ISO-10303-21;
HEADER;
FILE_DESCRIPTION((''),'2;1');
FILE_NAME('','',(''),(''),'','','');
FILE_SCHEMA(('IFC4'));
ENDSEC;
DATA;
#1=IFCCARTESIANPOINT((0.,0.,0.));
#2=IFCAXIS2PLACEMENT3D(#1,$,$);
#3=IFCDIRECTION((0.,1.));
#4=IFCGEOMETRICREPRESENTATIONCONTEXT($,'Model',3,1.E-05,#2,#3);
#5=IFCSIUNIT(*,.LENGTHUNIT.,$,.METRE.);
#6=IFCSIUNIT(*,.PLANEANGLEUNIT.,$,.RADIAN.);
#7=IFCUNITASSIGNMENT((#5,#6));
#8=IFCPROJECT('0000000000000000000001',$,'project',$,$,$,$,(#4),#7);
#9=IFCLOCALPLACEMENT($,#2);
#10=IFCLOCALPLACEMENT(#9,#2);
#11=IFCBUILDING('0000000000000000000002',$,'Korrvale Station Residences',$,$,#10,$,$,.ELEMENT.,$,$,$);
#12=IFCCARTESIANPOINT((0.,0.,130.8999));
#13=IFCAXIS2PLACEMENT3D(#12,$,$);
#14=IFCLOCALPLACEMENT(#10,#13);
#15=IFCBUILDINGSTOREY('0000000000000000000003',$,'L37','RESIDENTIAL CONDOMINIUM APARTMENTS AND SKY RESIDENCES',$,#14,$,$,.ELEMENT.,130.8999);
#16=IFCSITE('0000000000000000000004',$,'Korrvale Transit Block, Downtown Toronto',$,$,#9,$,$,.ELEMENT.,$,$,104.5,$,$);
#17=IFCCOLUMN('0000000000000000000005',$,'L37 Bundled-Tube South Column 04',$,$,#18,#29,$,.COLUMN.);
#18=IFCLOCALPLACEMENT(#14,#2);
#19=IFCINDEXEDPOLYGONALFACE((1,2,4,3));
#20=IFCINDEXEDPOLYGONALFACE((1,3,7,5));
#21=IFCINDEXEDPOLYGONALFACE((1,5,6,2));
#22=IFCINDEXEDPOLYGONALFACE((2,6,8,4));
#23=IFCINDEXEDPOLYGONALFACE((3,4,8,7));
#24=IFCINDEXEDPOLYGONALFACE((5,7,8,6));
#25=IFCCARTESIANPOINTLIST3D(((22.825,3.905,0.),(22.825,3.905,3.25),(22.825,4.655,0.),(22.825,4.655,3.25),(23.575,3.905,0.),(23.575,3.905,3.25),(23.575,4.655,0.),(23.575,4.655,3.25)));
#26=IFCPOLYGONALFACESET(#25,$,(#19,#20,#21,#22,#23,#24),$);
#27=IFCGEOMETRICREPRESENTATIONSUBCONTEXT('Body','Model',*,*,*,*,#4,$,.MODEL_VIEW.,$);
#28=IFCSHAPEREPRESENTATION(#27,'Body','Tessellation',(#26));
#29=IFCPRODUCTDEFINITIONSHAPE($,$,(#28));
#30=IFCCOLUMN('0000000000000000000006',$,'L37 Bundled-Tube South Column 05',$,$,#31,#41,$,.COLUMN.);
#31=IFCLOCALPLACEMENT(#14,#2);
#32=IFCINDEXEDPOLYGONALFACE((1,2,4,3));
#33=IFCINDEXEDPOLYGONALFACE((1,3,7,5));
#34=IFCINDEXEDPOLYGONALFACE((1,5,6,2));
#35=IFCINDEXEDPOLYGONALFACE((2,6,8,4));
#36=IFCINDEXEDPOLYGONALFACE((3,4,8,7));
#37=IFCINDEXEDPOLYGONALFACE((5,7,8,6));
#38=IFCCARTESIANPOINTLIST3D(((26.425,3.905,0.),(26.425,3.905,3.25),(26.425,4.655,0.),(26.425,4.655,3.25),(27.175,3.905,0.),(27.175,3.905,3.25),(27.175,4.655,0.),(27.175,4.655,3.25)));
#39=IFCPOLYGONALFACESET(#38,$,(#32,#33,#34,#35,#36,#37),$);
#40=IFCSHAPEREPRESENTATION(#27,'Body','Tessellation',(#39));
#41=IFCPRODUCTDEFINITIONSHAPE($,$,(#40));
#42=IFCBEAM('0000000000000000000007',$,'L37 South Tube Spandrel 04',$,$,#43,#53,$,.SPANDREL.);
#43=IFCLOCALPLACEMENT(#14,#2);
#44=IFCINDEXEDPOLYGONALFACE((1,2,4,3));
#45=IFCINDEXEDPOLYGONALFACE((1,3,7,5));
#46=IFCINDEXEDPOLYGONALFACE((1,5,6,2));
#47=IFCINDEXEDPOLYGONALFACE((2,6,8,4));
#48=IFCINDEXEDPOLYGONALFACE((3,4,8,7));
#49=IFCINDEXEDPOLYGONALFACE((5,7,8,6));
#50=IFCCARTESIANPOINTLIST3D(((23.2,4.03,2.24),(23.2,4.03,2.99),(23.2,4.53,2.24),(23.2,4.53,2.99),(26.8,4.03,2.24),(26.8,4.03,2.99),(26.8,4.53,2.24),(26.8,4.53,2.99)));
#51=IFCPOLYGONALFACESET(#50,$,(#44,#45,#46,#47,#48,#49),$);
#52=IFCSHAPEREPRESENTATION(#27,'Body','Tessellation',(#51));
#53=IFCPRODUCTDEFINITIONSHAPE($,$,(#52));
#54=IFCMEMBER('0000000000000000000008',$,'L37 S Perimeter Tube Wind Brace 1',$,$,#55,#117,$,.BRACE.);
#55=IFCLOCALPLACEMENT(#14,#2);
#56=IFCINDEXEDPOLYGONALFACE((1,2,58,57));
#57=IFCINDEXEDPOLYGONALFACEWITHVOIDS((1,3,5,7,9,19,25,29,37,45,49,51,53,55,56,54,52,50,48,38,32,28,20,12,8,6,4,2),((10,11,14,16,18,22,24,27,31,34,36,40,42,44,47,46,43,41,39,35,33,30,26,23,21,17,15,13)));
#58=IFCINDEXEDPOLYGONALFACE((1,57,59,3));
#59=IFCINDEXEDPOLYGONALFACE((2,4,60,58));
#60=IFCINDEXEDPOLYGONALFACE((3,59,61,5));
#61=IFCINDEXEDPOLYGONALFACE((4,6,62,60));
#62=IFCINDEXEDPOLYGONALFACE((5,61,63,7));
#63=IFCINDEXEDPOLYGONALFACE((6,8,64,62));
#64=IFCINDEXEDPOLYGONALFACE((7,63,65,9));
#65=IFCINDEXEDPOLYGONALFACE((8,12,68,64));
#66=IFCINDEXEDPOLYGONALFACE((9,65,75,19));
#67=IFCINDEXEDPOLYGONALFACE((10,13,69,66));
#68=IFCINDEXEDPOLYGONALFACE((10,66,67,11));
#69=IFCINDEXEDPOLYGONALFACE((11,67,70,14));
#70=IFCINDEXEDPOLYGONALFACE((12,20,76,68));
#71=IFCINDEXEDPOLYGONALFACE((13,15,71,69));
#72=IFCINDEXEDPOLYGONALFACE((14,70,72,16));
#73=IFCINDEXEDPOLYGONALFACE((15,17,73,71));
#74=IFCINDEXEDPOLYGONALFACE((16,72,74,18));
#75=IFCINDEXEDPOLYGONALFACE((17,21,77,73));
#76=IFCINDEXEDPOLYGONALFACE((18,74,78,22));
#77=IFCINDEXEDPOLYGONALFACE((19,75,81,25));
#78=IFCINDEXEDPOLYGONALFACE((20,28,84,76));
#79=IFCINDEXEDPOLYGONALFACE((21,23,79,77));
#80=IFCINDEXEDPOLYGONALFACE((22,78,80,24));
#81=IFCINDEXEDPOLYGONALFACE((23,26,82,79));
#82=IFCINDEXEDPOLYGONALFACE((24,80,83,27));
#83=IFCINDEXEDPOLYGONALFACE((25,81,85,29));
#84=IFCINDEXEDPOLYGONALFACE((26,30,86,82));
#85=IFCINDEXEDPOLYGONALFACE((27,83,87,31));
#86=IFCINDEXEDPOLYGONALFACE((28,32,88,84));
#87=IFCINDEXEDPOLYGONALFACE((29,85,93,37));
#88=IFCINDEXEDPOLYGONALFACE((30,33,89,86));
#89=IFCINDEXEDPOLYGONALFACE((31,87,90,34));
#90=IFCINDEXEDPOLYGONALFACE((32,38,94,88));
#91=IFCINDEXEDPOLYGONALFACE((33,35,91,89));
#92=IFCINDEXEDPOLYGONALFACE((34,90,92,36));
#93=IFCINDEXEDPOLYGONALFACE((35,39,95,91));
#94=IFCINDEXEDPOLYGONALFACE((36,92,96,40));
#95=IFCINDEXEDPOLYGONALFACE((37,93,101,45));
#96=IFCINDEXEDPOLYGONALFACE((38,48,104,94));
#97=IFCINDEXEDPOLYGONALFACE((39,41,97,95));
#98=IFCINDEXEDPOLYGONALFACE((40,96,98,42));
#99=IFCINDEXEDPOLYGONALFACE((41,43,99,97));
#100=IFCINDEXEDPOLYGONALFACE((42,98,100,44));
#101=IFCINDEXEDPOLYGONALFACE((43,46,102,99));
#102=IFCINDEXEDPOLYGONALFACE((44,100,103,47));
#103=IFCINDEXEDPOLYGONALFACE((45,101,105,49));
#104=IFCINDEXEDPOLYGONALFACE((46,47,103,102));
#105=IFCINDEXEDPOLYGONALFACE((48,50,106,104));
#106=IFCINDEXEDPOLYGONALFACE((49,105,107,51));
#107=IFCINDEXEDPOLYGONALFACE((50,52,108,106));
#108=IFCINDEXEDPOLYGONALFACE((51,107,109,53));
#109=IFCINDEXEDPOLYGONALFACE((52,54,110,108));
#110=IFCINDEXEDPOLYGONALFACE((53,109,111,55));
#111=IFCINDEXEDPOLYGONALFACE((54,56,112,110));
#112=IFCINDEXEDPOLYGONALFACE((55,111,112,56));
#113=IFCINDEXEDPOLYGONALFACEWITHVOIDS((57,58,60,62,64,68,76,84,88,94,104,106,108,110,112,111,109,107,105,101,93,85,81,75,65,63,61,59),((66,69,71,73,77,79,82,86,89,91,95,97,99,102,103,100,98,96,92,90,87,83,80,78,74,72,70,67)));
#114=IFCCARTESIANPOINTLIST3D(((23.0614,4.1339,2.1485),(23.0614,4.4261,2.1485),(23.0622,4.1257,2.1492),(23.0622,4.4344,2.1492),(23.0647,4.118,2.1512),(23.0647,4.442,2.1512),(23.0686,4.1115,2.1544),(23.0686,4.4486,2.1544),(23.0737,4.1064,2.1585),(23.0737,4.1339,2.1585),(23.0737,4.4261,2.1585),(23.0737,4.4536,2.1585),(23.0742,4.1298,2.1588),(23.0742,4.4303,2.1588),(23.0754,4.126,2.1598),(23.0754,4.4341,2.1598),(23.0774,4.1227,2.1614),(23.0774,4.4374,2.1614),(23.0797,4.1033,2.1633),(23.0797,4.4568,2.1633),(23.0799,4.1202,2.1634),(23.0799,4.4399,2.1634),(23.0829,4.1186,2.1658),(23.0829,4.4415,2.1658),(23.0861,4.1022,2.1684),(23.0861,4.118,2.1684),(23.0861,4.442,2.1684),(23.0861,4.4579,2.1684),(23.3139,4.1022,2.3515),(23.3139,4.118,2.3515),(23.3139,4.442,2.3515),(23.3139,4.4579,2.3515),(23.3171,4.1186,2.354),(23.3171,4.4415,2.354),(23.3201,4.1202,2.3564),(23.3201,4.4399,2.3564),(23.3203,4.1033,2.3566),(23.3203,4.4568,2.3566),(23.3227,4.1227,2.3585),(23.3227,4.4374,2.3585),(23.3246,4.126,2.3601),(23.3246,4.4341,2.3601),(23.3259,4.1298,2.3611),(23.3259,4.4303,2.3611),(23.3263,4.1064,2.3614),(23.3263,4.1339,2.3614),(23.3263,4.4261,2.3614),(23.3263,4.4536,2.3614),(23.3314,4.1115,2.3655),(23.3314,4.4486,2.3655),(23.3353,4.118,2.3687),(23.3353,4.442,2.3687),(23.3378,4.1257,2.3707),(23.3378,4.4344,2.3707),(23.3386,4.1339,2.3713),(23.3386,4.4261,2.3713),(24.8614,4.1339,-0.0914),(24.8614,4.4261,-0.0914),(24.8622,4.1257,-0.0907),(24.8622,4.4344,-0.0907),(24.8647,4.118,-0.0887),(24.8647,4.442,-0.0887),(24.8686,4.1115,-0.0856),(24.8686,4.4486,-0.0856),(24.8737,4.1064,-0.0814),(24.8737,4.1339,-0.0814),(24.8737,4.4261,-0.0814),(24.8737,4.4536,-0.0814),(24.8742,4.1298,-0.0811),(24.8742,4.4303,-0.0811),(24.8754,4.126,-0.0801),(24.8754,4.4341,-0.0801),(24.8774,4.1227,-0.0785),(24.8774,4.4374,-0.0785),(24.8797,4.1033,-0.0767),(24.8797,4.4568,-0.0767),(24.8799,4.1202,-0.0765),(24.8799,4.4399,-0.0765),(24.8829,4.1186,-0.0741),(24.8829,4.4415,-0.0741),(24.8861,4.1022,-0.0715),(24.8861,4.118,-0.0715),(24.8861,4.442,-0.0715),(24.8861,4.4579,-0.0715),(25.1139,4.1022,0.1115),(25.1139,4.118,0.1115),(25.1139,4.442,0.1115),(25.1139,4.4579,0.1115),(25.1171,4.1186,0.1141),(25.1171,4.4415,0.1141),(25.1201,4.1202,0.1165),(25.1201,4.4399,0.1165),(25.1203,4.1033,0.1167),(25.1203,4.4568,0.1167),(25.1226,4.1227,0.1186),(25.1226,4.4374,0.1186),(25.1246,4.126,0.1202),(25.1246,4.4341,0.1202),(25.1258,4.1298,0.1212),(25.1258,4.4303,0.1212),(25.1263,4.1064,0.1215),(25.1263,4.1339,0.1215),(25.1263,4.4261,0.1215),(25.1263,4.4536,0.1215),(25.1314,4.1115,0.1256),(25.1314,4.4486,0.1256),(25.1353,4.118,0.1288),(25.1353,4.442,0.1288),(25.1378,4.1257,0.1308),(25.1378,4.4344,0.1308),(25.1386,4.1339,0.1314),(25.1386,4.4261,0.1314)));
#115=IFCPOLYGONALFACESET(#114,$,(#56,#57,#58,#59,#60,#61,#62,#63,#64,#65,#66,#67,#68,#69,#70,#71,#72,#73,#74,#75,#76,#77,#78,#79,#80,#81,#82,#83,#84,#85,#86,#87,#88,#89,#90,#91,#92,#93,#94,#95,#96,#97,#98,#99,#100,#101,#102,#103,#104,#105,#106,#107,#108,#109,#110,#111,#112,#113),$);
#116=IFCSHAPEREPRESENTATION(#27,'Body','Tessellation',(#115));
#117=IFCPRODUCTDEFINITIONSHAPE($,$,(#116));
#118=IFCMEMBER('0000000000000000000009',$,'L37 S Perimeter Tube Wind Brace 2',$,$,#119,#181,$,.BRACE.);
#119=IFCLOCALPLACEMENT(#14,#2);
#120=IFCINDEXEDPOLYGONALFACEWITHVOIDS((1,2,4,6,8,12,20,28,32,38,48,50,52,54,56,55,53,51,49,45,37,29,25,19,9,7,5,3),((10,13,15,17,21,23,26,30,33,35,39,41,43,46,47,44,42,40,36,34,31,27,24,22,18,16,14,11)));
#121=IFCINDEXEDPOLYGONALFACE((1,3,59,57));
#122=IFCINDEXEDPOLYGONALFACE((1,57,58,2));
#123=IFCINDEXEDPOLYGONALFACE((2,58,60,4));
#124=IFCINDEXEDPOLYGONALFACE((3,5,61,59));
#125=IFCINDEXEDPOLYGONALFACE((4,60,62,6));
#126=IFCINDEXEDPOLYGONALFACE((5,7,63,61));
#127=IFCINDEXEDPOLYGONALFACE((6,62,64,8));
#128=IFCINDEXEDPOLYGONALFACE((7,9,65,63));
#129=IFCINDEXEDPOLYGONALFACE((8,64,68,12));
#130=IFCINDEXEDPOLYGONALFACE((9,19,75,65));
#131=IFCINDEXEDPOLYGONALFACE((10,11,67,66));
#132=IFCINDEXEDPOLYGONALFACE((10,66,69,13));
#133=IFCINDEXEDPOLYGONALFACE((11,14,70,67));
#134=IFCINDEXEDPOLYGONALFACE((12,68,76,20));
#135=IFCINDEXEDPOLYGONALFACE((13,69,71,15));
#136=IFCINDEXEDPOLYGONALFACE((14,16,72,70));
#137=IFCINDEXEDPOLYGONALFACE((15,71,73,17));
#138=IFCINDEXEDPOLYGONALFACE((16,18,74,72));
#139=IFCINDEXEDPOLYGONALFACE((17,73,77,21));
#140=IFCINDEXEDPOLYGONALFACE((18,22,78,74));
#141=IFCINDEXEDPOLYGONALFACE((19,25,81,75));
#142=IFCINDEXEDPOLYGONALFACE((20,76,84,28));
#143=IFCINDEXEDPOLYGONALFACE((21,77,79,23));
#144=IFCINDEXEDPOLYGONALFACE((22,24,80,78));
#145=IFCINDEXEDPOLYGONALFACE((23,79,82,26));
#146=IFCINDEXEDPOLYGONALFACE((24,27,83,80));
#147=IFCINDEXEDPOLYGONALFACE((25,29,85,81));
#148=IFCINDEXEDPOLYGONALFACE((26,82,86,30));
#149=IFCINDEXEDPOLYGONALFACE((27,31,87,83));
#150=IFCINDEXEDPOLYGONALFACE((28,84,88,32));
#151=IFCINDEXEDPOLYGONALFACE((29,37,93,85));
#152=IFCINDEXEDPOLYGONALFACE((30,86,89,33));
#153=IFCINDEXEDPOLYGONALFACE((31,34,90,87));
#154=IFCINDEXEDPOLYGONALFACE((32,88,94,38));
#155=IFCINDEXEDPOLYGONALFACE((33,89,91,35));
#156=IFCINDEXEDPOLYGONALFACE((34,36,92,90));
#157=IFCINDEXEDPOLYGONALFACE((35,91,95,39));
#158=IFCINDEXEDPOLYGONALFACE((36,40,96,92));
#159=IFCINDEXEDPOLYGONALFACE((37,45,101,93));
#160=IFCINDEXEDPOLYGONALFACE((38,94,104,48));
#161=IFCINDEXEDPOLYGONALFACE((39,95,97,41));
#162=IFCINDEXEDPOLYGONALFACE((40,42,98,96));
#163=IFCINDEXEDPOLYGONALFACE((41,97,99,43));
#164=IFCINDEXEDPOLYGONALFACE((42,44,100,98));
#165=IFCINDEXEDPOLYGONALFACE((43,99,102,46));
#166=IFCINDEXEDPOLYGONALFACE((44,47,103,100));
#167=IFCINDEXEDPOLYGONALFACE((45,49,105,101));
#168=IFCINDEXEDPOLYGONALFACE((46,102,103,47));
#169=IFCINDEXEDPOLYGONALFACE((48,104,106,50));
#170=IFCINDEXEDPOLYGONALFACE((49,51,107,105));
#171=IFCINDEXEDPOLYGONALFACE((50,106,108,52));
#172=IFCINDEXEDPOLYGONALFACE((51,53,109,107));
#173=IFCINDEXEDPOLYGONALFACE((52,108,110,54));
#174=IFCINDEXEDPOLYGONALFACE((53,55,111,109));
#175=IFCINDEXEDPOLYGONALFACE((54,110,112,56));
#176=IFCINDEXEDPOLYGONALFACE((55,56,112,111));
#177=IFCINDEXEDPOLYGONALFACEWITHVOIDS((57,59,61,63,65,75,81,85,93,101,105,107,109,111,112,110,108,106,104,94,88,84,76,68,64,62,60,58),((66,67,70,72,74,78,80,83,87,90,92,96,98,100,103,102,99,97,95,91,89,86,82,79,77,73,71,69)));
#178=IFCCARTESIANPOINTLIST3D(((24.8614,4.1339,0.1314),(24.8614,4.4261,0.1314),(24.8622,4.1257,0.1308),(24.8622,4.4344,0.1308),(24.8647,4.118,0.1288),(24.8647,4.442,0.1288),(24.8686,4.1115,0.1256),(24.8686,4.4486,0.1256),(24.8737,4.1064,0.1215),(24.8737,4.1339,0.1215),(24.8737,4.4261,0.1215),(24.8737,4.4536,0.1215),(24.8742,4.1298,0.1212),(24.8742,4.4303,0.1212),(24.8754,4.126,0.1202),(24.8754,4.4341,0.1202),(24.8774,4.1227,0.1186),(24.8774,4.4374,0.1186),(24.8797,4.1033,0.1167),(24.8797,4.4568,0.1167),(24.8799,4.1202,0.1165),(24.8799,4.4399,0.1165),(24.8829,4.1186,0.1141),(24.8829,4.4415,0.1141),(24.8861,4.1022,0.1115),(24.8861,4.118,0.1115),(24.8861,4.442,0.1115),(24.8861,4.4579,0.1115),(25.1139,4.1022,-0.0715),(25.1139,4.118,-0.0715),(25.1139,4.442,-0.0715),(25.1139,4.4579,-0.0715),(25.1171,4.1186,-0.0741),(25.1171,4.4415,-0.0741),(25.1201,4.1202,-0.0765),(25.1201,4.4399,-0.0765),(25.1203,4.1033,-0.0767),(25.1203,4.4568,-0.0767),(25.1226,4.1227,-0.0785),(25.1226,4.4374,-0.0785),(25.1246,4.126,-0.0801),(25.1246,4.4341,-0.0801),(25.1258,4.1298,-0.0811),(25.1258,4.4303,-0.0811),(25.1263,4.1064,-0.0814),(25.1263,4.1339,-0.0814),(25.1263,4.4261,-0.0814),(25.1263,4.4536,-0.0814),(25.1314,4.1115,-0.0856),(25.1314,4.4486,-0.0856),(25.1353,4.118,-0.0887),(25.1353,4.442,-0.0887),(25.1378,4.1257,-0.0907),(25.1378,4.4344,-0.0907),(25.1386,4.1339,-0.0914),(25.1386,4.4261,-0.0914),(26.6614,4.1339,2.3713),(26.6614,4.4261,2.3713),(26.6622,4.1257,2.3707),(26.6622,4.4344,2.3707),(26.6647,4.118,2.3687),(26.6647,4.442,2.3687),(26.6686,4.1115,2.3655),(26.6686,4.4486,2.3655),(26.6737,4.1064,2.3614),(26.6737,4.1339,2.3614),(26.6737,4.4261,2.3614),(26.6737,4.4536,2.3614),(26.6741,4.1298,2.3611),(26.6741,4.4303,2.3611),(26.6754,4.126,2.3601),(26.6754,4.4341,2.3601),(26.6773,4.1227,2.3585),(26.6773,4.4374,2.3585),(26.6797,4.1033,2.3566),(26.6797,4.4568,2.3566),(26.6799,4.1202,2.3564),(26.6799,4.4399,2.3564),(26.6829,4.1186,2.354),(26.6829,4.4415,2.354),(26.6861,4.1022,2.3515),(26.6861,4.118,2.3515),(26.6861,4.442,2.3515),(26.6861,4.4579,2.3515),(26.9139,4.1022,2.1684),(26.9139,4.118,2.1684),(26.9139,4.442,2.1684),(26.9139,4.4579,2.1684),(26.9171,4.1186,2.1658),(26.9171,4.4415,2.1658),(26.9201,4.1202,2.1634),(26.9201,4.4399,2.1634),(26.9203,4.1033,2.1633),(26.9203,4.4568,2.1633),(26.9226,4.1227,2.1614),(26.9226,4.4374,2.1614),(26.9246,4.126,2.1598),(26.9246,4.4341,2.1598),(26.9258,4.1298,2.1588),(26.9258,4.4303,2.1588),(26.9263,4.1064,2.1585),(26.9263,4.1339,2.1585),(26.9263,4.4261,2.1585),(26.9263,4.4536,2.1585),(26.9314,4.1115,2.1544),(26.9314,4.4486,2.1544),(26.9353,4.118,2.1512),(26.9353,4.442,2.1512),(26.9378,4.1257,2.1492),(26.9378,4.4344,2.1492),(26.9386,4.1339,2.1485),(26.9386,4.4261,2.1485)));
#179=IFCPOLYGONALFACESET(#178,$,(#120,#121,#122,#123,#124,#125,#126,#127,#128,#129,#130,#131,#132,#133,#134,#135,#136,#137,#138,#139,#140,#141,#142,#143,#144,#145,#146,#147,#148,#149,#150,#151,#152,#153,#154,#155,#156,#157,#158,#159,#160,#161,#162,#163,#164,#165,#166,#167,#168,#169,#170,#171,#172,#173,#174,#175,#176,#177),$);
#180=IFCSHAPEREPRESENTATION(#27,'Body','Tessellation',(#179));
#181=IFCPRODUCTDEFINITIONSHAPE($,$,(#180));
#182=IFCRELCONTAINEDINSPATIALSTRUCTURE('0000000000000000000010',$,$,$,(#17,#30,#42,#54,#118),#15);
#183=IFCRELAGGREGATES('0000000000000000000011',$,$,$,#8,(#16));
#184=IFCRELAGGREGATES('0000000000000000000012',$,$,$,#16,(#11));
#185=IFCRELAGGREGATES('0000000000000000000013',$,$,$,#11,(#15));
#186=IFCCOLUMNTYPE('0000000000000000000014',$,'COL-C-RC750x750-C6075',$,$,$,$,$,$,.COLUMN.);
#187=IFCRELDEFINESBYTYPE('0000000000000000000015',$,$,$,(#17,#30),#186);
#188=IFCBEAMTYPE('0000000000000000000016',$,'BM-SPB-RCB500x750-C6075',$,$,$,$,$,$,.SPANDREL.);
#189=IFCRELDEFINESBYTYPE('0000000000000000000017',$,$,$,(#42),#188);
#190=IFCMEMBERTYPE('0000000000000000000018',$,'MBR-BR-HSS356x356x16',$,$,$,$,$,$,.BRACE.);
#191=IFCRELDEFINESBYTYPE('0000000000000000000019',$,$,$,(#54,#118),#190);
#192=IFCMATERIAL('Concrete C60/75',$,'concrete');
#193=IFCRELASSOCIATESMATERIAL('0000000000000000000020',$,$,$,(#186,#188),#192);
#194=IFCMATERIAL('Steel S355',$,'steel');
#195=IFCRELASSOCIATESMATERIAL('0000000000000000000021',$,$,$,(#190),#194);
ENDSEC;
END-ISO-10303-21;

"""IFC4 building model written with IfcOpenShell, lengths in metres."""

from ifc_helpers import new_model, si_unit, direction, frame, origin, origin_2d, place, context, subcontext, project, spatial, rectangle, hollow_rectangle, extrude, material, material_profile, profile_set, type_object, element, save


model = new_model("IFC4")

# Units and contexts
model_context = context("Model", 3, precision=1e-05, world=origin(), true_north=direction((0.0, 1.0)))
body_context = subcontext(model_context, "Body", "Model", "MODEL_VIEW")
ifc_project = project(units=[si_unit("LENGTHUNIT", "METRE"), si_unit("PLANEANGLEUNIT", "RADIAN")], contexts=[model_context])

# Site, building, storey
site_placement = place(None, origin())
site = spatial("IfcSite", under=ifc_project, at=site_placement, Name="Korrvale Transit Block, Downtown Toronto", CompositionType="ELEMENT", RefElevation=104.5)
building_placement = place(site_placement, origin())
building = spatial("IfcBuilding", under=site, at=building_placement, Name="Korrvale Station Residences", CompositionType="ELEMENT")
storey_placement = place(building_placement, frame((0.0, 0.0, 130.8999)))
storey = spatial("IfcBuildingStorey", under=building, at=storey_placement, Name="L37", Description="RESIDENTIAL CONDOMINIUM APARTMENTS AND SKY RESIDENCES", CompositionType="ELEMENT", Elevation=130.8999)

# Columns
ifc_material_1 = material(Name="Concrete C60/75", Category="concrete")
ifc_material_profile_1 = material_profile(ifc_material_1, rectangle(XDim=0.75, YDim=0.75, at=origin_2d()), Name="RC750x750")
ifc_profile_set_1 = profile_set([ifc_material_profile_1], Name="Concrete C60/75")
column_type = type_object("IfcColumnType", Name="COL-C-RC750x750-C6075", PredefinedType="COLUMN", material=ifc_profile_set_1)
for number, where, z_axis, x_axis, name in (
    (1, (23.2, 4.28, 0.0), (0.0, 0.0, 1.0), (1.0, 0.0, 0.0), "L37 Bundled-Tube South Column 04"),
    (2, (26.8, 4.28, 0.0), (0.0, 0.0, 1.0), (1.0, 0.0, 0.0), "L37 Bundled-Tube South Column 05"),
):
    element("IfcColumn", number, at=place(storey_placement, frame(where, z_axis=z_axis, x_axis=x_axis)), inside=storey, type_object=column_type, Name=name, PredefinedType="COLUMN", context=body_context, shape_type="SweptSolid", body=[
        extrude(rectangle(XDim=0.75, YDim=0.75, at=origin_2d()), origin(), (0.0, 0.0, 1.0), 3.25),
    ])

# Beam
ifc_material_profile_2 = material_profile(ifc_material_1, rectangle(XDim=0.5, YDim=0.75, at=origin_2d()), Name="RCB500x750")
ifc_profile_set_2 = profile_set([ifc_material_profile_2], Name="Concrete C60/75")
beam_type = type_object("IfcBeamType", Name="BM-SPB-RCB500x750-C6075", PredefinedType="SPANDREL", material=ifc_profile_set_2)
beam_placement = place(storey_placement, frame((23.2, 4.28, 2.615), z_axis=(1.0, 0.0, 0.0), x_axis=(0.0, 1.0, 0.0)))
element("IfcBeam", 3, at=beam_placement, inside=storey, type_object=beam_type, Name="L37 South Tube Spandrel 04", PredefinedType="SPANDREL", context=body_context, shape_type="SweptSolid", body=[
    extrude(rectangle(XDim=0.5, YDim=0.75, at=origin_2d()), origin(), (0.0, 0.0, 1.0), 3.6001),
])

# Members
ifc_material_2 = material(Name="Steel S355", Category="steel")
ifc_material_profile_3 = material_profile(ifc_material_2, hollow_rectangle(XDim=0.3557, YDim=0.3557, WallThickness=0.0159, InnerFilletRadius=0.0159, OuterFilletRadius=0.0317, at=origin_2d()), Name="HSS356x356x16")
ifc_profile_set_3 = profile_set([ifc_material_profile_3], Name="Steel S355")
member_type = type_object("IfcMemberType", Name="MBR-BR-HSS356x356x16", PredefinedType="BRACE", material=ifc_profile_set_3)
for number, where, z_axis, x_axis, name in (
    (4, (25.0, 4.28, 0.02), (-0.626403, 0.0, 0.779499), (0.0, -1.0, 0.0), "L37 S Perimeter Tube Wind Brace 1"),
    (5, (25.0, 4.28, 0.02), (0.626403, 0.0, 0.779499), (0.0, 1.0, 0.0), "L37 S Perimeter Tube Wind Brace 2"),
):
    element("IfcMember", number, at=place(storey_placement, frame(where, z_axis=z_axis, x_axis=x_axis)), inside=storey, type_object=member_type, Name=name, PredefinedType="BRACE", context=body_context, shape_type="SweptSolid", body=[
        extrude(hollow_rectangle(XDim=0.3557, YDim=0.3557, WallThickness=0.0159, InnerFilletRadius=0.0159, OuterFilletRadius=0.0317, at=origin_2d()), origin(), (0.0, 0.0, 1.0), 2.8735),
    ])

save(model, "model.ifc")
